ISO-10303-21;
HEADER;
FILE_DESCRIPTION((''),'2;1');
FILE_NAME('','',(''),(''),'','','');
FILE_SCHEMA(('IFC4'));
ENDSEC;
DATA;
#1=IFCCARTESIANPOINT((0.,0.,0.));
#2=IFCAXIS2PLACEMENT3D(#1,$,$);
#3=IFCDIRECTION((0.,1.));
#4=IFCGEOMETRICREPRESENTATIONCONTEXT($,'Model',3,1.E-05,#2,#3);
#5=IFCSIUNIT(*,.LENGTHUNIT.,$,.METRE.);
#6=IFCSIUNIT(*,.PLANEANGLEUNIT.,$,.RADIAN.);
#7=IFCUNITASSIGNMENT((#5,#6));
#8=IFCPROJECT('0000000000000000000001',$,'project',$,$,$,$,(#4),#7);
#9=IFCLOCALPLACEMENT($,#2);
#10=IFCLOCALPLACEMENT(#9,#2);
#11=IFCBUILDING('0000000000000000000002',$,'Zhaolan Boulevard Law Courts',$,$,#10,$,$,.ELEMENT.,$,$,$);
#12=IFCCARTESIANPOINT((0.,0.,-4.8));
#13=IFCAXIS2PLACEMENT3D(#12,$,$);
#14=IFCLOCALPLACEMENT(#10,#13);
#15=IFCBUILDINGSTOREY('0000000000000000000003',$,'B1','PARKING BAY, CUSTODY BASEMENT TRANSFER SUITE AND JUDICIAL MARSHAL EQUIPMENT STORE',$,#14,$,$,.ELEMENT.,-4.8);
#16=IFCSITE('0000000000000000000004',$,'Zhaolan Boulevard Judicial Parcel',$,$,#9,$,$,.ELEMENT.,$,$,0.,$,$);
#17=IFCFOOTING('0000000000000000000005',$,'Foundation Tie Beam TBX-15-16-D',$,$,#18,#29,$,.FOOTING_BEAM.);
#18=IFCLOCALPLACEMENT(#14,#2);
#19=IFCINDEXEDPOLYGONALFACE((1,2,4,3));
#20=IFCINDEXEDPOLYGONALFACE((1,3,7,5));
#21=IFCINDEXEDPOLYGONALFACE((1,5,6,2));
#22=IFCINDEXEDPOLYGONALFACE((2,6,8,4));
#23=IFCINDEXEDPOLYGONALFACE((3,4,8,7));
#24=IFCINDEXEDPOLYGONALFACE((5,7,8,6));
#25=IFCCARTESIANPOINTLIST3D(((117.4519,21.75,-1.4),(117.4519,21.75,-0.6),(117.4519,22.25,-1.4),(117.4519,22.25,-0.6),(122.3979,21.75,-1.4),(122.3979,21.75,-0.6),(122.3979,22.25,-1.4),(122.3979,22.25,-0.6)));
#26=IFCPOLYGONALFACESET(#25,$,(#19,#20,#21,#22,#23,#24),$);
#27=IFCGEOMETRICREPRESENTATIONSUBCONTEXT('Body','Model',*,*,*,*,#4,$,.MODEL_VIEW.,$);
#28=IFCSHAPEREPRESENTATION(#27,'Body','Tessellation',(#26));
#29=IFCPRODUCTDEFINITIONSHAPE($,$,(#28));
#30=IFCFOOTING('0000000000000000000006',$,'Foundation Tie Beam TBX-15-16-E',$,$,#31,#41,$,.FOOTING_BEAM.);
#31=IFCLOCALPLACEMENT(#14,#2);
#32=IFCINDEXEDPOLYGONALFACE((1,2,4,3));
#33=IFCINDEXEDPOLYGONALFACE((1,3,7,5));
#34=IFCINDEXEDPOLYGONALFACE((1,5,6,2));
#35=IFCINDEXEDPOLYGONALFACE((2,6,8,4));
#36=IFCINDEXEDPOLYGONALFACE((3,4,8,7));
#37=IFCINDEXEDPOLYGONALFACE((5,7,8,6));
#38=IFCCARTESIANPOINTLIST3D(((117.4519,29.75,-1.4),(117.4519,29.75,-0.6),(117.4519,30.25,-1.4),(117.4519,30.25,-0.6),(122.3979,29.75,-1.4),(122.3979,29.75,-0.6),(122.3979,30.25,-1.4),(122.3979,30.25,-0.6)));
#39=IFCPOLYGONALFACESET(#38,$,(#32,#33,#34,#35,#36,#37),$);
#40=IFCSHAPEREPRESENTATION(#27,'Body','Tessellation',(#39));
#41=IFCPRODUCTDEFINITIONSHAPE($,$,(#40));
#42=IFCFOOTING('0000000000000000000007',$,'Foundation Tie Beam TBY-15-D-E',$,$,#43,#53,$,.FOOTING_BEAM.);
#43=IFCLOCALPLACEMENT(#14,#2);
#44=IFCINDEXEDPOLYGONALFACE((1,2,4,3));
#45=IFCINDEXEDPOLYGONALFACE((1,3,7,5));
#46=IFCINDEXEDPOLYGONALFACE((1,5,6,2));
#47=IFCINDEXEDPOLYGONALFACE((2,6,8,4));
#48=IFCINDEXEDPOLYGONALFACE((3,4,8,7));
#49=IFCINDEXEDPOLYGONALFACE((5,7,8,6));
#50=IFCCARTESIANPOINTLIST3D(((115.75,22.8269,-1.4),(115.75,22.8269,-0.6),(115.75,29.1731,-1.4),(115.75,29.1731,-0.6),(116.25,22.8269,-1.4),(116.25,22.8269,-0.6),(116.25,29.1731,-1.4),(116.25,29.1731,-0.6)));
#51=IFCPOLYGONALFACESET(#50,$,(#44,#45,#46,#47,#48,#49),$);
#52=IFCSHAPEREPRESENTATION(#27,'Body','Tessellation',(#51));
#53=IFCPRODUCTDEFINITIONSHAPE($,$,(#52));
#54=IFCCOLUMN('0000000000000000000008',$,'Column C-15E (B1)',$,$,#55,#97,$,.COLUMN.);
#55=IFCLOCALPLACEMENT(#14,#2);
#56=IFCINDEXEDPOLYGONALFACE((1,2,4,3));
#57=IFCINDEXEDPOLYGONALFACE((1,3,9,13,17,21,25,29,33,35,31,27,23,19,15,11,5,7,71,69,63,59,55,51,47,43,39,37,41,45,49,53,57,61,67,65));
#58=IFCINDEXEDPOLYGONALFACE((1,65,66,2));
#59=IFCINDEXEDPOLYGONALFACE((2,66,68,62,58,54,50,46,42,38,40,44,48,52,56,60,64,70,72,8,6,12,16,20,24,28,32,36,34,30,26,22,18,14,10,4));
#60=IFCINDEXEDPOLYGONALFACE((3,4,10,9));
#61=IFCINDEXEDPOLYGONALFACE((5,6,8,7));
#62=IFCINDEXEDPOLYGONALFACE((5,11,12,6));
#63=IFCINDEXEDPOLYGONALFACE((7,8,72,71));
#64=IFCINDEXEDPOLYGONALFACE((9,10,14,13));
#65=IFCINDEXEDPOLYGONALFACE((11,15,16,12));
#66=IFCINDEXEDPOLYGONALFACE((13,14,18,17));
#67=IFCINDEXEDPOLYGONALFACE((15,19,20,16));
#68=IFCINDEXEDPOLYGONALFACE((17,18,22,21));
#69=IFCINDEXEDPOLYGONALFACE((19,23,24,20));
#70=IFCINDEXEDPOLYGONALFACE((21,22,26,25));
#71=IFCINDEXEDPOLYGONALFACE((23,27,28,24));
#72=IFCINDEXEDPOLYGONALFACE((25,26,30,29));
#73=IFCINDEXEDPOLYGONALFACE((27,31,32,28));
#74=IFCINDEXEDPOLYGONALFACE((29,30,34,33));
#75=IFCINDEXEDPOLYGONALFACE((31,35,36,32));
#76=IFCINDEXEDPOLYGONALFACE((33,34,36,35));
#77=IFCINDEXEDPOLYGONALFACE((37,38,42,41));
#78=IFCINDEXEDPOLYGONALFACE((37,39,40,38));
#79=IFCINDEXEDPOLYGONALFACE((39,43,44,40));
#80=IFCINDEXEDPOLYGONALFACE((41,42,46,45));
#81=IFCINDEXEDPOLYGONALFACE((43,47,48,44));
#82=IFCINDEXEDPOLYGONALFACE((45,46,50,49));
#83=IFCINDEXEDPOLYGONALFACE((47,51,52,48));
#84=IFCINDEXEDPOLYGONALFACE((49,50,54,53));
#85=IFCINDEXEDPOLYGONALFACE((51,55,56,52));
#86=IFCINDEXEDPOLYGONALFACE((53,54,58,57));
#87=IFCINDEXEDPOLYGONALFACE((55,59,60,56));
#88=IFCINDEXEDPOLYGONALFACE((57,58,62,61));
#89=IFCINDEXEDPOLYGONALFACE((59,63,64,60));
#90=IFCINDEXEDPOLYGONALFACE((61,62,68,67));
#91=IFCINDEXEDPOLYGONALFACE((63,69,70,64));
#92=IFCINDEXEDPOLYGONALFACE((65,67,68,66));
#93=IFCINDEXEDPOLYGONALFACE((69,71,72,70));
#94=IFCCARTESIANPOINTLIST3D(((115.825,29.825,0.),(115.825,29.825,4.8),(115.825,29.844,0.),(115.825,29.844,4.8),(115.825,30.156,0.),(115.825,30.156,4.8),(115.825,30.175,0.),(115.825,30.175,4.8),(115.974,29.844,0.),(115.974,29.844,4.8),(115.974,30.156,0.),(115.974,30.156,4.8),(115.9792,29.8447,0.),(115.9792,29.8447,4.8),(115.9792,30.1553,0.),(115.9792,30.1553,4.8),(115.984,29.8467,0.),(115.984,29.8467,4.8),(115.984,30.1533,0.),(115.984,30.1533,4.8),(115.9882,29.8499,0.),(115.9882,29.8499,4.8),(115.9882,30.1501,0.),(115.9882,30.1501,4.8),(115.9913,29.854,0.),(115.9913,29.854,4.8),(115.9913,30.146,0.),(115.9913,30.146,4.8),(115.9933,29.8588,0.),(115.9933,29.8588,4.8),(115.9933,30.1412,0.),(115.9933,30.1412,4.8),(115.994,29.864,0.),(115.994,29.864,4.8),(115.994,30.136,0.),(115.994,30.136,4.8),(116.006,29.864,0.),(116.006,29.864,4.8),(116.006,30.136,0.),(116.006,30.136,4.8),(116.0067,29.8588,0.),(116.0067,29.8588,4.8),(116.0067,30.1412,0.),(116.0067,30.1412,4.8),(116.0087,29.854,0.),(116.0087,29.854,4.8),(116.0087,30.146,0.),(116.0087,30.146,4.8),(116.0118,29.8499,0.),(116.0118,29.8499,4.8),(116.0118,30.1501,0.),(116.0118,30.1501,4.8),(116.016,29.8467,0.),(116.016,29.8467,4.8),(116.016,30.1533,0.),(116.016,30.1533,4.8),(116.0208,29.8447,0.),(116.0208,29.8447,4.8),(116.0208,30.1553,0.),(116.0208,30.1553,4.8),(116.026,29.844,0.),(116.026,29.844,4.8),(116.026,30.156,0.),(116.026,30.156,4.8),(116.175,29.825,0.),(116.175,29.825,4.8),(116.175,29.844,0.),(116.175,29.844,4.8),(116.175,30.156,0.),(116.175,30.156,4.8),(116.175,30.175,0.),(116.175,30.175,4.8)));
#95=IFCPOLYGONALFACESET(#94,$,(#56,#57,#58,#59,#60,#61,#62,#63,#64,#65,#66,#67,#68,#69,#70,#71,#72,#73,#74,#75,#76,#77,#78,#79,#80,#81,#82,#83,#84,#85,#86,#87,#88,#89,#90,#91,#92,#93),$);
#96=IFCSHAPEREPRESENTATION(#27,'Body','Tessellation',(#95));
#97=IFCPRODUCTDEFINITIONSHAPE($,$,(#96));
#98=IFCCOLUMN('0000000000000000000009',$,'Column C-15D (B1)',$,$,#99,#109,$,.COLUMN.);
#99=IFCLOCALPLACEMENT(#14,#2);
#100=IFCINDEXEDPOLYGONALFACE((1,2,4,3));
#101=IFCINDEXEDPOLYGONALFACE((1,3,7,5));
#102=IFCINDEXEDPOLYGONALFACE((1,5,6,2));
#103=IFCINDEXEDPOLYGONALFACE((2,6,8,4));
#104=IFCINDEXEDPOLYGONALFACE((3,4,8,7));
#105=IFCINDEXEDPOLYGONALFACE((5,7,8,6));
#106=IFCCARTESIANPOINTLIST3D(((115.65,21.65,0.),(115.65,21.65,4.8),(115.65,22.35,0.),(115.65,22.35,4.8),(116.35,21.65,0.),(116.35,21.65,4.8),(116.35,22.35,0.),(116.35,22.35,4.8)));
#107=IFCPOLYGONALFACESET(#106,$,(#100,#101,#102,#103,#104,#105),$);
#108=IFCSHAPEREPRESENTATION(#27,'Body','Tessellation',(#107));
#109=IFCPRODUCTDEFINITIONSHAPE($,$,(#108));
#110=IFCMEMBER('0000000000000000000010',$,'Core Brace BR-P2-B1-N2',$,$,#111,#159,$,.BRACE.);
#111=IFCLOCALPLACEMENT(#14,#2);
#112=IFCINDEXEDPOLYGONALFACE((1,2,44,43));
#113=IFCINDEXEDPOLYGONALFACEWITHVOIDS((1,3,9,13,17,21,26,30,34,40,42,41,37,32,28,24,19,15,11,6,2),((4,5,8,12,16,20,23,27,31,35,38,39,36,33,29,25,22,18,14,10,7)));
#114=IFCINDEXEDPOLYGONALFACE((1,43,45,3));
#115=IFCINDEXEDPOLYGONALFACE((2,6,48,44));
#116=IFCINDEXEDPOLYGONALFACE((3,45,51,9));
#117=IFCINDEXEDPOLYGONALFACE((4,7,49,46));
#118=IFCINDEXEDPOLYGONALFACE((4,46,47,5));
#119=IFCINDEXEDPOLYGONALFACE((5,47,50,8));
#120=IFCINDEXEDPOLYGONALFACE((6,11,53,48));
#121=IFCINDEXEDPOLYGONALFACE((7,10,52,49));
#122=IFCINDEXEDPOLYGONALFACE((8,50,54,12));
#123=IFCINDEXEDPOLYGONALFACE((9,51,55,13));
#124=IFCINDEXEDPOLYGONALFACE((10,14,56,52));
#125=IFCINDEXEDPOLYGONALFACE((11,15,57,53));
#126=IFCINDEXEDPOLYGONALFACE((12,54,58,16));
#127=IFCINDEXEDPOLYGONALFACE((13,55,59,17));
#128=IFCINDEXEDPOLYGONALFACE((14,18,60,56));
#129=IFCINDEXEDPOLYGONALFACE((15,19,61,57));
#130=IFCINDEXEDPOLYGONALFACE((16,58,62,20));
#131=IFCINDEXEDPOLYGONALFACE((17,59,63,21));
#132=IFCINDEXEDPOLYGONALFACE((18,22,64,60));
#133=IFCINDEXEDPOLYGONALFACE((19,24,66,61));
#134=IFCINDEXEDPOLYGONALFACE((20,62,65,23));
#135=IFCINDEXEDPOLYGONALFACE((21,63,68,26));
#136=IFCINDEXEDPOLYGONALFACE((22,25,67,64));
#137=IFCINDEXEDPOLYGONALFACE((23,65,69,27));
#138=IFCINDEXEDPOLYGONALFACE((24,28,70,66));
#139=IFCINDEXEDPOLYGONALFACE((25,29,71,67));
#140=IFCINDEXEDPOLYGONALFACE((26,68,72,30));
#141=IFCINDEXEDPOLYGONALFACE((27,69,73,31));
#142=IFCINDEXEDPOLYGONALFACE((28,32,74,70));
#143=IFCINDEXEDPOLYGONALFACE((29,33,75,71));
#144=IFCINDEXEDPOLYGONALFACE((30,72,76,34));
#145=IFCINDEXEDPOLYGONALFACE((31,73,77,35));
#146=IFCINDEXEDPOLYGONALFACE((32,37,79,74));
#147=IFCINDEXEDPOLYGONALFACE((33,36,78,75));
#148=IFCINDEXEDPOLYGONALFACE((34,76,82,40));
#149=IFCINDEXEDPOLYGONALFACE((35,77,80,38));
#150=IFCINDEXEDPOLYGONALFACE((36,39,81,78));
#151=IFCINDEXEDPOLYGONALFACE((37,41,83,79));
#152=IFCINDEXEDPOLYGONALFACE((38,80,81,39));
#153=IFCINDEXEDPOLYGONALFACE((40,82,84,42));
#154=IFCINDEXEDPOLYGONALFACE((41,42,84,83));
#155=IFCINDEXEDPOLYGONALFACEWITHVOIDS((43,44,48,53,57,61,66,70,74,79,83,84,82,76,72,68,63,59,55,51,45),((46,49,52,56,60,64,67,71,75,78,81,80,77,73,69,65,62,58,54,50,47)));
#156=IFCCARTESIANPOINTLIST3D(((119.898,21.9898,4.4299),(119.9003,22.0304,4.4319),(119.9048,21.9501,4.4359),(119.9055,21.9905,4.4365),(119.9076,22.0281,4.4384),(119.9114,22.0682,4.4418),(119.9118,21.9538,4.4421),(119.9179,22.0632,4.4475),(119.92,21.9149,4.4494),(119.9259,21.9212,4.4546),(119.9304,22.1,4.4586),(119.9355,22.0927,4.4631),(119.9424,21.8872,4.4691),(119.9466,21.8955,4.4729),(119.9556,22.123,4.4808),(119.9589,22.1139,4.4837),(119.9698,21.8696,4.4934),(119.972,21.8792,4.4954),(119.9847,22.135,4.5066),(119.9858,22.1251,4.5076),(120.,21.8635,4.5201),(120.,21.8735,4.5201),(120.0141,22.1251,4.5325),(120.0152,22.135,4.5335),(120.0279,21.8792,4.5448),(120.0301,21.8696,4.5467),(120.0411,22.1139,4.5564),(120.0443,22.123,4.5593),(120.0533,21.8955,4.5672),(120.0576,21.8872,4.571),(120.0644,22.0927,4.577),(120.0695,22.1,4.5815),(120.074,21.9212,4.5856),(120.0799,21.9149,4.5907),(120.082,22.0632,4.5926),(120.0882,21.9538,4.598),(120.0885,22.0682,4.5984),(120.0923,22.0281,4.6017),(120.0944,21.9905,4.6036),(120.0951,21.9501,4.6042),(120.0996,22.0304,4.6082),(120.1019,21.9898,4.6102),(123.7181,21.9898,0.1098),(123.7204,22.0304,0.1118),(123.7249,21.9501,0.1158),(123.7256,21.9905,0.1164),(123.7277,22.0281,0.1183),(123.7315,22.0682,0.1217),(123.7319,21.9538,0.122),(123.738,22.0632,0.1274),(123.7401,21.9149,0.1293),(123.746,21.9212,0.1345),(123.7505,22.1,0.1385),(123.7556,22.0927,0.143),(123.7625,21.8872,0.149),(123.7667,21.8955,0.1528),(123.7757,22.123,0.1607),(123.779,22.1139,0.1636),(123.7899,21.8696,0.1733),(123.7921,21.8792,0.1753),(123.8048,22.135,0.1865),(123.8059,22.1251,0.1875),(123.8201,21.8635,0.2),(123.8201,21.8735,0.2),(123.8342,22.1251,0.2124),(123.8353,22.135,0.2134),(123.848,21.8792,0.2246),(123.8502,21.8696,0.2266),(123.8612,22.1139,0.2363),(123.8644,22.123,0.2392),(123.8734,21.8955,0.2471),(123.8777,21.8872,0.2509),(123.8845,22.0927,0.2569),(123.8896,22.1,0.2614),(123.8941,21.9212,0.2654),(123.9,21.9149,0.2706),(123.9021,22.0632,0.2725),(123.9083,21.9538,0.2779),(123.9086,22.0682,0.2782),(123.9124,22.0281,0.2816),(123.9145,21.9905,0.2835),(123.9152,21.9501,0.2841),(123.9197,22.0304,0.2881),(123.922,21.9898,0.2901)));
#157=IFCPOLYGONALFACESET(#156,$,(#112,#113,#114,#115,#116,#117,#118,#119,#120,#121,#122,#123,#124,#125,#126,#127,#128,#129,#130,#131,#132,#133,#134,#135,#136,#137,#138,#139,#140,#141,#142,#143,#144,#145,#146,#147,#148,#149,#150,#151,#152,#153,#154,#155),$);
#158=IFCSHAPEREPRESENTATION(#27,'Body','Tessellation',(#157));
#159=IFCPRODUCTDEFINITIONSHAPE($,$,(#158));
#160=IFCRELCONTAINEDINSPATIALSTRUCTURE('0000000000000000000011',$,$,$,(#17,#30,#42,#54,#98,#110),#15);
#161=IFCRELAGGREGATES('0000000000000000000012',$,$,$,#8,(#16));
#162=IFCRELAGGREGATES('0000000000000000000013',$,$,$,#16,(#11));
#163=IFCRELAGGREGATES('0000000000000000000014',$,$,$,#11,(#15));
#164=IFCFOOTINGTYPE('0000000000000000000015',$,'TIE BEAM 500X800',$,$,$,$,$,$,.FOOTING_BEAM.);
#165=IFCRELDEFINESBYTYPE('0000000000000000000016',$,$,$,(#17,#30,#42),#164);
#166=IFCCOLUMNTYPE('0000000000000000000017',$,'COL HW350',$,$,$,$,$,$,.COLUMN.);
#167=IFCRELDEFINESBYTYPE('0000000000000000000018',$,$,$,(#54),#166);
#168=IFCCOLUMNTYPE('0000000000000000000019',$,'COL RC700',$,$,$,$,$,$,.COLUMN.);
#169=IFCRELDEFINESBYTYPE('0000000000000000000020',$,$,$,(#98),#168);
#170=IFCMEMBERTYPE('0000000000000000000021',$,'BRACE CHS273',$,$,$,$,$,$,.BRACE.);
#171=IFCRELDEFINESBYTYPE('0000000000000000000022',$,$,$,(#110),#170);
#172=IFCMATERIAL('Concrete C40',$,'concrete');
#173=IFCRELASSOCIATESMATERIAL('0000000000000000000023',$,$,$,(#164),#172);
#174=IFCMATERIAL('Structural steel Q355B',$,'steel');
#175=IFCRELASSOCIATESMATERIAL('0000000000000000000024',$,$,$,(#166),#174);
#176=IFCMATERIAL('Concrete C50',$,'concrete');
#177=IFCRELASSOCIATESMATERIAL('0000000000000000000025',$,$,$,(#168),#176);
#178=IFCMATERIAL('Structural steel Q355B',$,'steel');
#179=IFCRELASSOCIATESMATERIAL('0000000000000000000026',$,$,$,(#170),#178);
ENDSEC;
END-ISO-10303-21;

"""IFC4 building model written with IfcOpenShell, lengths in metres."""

from ifc_helpers import new_model, si_unit, direction, frame, origin, origin_2d, place, context, subcontext, project, spatial, rectangle, hollow_circle, i_section, extrude, material, material_profile, profile_set, type_object, element, save


model = new_model("IFC4")

# Units and contexts
model_context = context("Model", 3, precision=1e-05, world=origin(), true_north=direction((0.0, 1.0)))
body_context = subcontext(model_context, "Body", "Model", "MODEL_VIEW")
ifc_project = project(units=[si_unit("LENGTHUNIT", "METRE"), si_unit("PLANEANGLEUNIT", "RADIAN")], contexts=[model_context])

# Site, building, storey
site_placement = place(None, origin())
site = spatial("IfcSite", under=ifc_project, at=site_placement, Name="Zhaolan Boulevard Judicial Parcel", CompositionType="ELEMENT", RefElevation=0.0)
building_placement = place(site_placement, origin())
building = spatial("IfcBuilding", under=site, at=building_placement, Name="Zhaolan Boulevard Law Courts", CompositionType="ELEMENT")
storey_placement = place(building_placement, frame((0.0, 0.0, -4.8)))
storey = spatial("IfcBuildingStorey", under=building, at=storey_placement, Name="B1", Description="PARKING BAY, CUSTODY BASEMENT TRANSFER SUITE AND JUDICIAL MARSHAL EQUIPMENT STORE", CompositionType="ELEMENT", Elevation=-4.8)

# Footings
ifc_material_1 = material(Name="Concrete C40", Category="concrete")
ifc_material_profile_1 = material_profile(ifc_material_1, rectangle(XDim=0.5, YDim=0.8, at=origin_2d()), Name="RC500x800")
ifc_profile_set_1 = profile_set([ifc_material_profile_1], Name="Concrete C40")
footing_type_1 = type_object("IfcFootingType", Name="TIE BEAM 500X800", PredefinedType="FOOTING_BEAM", material=ifc_profile_set_1)
for number, where, z_axis, x_axis, name in (
    (1, (117.4519, 22.0, -1.0), (1.0, 0.0, 0.0), (0.0, 1.0, 0.0), "Foundation Tie Beam TBX-15-16-D"),
    (2, (117.4519, 30.0, -1.0), (1.0, 0.0, 0.0), (0.0, 1.0, 0.0), "Foundation Tie Beam TBX-15-16-E"),
):
    element("IfcFooting", number, at=place(storey_placement, frame(where, z_axis=z_axis, x_axis=x_axis)), inside=storey, type_object=footing_type_1, Name=name, PredefinedType="FOOTING_BEAM", context=body_context, shape_type="SweptSolid", body=[
        extrude(rectangle(XDim=0.5, YDim=0.8, at=origin_2d()), origin(), (0.0, 0.0, 1.0), 4.946),
    ])
footing_placement = place(storey_placement, frame((116.0, 22.8269, -1.0), z_axis=(0.0, 1.0, 0.0), x_axis=(-1.0, 0.0, 0.0)))
element("IfcFooting", 3, at=footing_placement, inside=storey, type_object=footing_type_1, Name="Foundation Tie Beam TBY-15-D-E", PredefinedType="FOOTING_BEAM", context=body_context, shape_type="SweptSolid", body=[
    extrude(rectangle(XDim=0.5, YDim=0.8, at=origin_2d()), origin(), (0.0, 0.0, 1.0), 6.3462),
])

# Columns
ifc_material_2 = material(Name="Structural steel Q355B", Category="steel")
ifc_material_profile_2 = material_profile(ifc_material_2, i_section(OverallWidth=0.3501, OverallDepth=0.3501, WebThickness=0.012, FlangeThickness=0.019, FilletRadius=0.02, at=origin_2d()), Name="HW350x350")
ifc_profile_set_2 = profile_set([ifc_material_profile_2], Name="Structural steel Q355B")
column_type_1 = type_object("IfcColumnType", Name="COL HW350", PredefinedType="COLUMN", material=ifc_profile_set_2)
column_1_placement = place(storey_placement, frame((116.0, 30.0, 0.0), z_axis=(0.0, 0.0, 1.0), x_axis=(1.0, 0.0, 0.0)))
element("IfcColumn", 4, at=column_1_placement, inside=storey, type_object=column_type_1, Name="Column C-15E (B1)", PredefinedType="COLUMN", context=body_context, shape_type="SweptSolid", body=[
    extrude(i_section(OverallWidth=0.3501, OverallDepth=0.3501, WebThickness=0.012, FlangeThickness=0.019, FilletRadius=0.02, at=origin_2d()), origin(), (0.0, 0.0, 1.0), 4.8),
])
ifc_material_3 = material(Name="Concrete C50", Category="concrete")
ifc_material_profile_3 = material_profile(ifc_material_3, rectangle(XDim=0.7, YDim=0.7, at=origin_2d()), Name="RC700x700")
ifc_profile_set_3 = profile_set([ifc_material_profile_3], Name="Concrete C50")
column_type_2 = type_object("IfcColumnType", Name="COL RC700", PredefinedType="COLUMN", material=ifc_profile_set_3)
column_2_placement = place(storey_placement, frame((116.0, 22.0, 0.0), z_axis=(0.0, 0.0, 1.0), x_axis=(1.0, 0.0, 0.0)))
element("IfcColumn", 5, at=column_2_placement, inside=storey, type_object=column_type_2, Name="Column C-15D (B1)", PredefinedType="COLUMN", context=body_context, shape_type="SweptSolid", body=[
    extrude(rectangle(XDim=0.7, YDim=0.7, at=origin_2d()), origin(), (0.0, 0.0, 1.0), 4.8),
])

# Member
ifc_material_4 = material(Name="Structural steel Q355B", Category="steel")
ifc_material_profile_4 = material_profile(ifc_material_4, hollow_circle(Radius=0.1365, WallThickness=0.01, at=origin_2d()), Name="CHS273x10")
ifc_profile_set_4 = profile_set([ifc_material_profile_4], Name="Structural steel Q355B")
member_type_1 = type_object("IfcMemberType", Name="BRACE CHS273", PredefinedType="BRACE", material=ifc_profile_set_4)
member_1_placement = place(storey_placement, frame((123.8201, 22.0, 0.2), z_axis=(-0.662425, 0.0, 0.749128), x_axis=(0.0, -1.0, 0.0)))
element("IfcMember", 6, at=member_1_placement, inside=storey, type_object=member_type_1, Name="Core Brace BR-P2-B1-N2", PredefinedType="BRACE", context=body_context, shape_type="SweptSolid", body=[
    extrude(hollow_circle(Radius=0.1365, WallThickness=0.01, at=origin_2d()), origin(), (0.0, 0.0, 1.0), 5.7668),
])

save(model, "model.ifc")
